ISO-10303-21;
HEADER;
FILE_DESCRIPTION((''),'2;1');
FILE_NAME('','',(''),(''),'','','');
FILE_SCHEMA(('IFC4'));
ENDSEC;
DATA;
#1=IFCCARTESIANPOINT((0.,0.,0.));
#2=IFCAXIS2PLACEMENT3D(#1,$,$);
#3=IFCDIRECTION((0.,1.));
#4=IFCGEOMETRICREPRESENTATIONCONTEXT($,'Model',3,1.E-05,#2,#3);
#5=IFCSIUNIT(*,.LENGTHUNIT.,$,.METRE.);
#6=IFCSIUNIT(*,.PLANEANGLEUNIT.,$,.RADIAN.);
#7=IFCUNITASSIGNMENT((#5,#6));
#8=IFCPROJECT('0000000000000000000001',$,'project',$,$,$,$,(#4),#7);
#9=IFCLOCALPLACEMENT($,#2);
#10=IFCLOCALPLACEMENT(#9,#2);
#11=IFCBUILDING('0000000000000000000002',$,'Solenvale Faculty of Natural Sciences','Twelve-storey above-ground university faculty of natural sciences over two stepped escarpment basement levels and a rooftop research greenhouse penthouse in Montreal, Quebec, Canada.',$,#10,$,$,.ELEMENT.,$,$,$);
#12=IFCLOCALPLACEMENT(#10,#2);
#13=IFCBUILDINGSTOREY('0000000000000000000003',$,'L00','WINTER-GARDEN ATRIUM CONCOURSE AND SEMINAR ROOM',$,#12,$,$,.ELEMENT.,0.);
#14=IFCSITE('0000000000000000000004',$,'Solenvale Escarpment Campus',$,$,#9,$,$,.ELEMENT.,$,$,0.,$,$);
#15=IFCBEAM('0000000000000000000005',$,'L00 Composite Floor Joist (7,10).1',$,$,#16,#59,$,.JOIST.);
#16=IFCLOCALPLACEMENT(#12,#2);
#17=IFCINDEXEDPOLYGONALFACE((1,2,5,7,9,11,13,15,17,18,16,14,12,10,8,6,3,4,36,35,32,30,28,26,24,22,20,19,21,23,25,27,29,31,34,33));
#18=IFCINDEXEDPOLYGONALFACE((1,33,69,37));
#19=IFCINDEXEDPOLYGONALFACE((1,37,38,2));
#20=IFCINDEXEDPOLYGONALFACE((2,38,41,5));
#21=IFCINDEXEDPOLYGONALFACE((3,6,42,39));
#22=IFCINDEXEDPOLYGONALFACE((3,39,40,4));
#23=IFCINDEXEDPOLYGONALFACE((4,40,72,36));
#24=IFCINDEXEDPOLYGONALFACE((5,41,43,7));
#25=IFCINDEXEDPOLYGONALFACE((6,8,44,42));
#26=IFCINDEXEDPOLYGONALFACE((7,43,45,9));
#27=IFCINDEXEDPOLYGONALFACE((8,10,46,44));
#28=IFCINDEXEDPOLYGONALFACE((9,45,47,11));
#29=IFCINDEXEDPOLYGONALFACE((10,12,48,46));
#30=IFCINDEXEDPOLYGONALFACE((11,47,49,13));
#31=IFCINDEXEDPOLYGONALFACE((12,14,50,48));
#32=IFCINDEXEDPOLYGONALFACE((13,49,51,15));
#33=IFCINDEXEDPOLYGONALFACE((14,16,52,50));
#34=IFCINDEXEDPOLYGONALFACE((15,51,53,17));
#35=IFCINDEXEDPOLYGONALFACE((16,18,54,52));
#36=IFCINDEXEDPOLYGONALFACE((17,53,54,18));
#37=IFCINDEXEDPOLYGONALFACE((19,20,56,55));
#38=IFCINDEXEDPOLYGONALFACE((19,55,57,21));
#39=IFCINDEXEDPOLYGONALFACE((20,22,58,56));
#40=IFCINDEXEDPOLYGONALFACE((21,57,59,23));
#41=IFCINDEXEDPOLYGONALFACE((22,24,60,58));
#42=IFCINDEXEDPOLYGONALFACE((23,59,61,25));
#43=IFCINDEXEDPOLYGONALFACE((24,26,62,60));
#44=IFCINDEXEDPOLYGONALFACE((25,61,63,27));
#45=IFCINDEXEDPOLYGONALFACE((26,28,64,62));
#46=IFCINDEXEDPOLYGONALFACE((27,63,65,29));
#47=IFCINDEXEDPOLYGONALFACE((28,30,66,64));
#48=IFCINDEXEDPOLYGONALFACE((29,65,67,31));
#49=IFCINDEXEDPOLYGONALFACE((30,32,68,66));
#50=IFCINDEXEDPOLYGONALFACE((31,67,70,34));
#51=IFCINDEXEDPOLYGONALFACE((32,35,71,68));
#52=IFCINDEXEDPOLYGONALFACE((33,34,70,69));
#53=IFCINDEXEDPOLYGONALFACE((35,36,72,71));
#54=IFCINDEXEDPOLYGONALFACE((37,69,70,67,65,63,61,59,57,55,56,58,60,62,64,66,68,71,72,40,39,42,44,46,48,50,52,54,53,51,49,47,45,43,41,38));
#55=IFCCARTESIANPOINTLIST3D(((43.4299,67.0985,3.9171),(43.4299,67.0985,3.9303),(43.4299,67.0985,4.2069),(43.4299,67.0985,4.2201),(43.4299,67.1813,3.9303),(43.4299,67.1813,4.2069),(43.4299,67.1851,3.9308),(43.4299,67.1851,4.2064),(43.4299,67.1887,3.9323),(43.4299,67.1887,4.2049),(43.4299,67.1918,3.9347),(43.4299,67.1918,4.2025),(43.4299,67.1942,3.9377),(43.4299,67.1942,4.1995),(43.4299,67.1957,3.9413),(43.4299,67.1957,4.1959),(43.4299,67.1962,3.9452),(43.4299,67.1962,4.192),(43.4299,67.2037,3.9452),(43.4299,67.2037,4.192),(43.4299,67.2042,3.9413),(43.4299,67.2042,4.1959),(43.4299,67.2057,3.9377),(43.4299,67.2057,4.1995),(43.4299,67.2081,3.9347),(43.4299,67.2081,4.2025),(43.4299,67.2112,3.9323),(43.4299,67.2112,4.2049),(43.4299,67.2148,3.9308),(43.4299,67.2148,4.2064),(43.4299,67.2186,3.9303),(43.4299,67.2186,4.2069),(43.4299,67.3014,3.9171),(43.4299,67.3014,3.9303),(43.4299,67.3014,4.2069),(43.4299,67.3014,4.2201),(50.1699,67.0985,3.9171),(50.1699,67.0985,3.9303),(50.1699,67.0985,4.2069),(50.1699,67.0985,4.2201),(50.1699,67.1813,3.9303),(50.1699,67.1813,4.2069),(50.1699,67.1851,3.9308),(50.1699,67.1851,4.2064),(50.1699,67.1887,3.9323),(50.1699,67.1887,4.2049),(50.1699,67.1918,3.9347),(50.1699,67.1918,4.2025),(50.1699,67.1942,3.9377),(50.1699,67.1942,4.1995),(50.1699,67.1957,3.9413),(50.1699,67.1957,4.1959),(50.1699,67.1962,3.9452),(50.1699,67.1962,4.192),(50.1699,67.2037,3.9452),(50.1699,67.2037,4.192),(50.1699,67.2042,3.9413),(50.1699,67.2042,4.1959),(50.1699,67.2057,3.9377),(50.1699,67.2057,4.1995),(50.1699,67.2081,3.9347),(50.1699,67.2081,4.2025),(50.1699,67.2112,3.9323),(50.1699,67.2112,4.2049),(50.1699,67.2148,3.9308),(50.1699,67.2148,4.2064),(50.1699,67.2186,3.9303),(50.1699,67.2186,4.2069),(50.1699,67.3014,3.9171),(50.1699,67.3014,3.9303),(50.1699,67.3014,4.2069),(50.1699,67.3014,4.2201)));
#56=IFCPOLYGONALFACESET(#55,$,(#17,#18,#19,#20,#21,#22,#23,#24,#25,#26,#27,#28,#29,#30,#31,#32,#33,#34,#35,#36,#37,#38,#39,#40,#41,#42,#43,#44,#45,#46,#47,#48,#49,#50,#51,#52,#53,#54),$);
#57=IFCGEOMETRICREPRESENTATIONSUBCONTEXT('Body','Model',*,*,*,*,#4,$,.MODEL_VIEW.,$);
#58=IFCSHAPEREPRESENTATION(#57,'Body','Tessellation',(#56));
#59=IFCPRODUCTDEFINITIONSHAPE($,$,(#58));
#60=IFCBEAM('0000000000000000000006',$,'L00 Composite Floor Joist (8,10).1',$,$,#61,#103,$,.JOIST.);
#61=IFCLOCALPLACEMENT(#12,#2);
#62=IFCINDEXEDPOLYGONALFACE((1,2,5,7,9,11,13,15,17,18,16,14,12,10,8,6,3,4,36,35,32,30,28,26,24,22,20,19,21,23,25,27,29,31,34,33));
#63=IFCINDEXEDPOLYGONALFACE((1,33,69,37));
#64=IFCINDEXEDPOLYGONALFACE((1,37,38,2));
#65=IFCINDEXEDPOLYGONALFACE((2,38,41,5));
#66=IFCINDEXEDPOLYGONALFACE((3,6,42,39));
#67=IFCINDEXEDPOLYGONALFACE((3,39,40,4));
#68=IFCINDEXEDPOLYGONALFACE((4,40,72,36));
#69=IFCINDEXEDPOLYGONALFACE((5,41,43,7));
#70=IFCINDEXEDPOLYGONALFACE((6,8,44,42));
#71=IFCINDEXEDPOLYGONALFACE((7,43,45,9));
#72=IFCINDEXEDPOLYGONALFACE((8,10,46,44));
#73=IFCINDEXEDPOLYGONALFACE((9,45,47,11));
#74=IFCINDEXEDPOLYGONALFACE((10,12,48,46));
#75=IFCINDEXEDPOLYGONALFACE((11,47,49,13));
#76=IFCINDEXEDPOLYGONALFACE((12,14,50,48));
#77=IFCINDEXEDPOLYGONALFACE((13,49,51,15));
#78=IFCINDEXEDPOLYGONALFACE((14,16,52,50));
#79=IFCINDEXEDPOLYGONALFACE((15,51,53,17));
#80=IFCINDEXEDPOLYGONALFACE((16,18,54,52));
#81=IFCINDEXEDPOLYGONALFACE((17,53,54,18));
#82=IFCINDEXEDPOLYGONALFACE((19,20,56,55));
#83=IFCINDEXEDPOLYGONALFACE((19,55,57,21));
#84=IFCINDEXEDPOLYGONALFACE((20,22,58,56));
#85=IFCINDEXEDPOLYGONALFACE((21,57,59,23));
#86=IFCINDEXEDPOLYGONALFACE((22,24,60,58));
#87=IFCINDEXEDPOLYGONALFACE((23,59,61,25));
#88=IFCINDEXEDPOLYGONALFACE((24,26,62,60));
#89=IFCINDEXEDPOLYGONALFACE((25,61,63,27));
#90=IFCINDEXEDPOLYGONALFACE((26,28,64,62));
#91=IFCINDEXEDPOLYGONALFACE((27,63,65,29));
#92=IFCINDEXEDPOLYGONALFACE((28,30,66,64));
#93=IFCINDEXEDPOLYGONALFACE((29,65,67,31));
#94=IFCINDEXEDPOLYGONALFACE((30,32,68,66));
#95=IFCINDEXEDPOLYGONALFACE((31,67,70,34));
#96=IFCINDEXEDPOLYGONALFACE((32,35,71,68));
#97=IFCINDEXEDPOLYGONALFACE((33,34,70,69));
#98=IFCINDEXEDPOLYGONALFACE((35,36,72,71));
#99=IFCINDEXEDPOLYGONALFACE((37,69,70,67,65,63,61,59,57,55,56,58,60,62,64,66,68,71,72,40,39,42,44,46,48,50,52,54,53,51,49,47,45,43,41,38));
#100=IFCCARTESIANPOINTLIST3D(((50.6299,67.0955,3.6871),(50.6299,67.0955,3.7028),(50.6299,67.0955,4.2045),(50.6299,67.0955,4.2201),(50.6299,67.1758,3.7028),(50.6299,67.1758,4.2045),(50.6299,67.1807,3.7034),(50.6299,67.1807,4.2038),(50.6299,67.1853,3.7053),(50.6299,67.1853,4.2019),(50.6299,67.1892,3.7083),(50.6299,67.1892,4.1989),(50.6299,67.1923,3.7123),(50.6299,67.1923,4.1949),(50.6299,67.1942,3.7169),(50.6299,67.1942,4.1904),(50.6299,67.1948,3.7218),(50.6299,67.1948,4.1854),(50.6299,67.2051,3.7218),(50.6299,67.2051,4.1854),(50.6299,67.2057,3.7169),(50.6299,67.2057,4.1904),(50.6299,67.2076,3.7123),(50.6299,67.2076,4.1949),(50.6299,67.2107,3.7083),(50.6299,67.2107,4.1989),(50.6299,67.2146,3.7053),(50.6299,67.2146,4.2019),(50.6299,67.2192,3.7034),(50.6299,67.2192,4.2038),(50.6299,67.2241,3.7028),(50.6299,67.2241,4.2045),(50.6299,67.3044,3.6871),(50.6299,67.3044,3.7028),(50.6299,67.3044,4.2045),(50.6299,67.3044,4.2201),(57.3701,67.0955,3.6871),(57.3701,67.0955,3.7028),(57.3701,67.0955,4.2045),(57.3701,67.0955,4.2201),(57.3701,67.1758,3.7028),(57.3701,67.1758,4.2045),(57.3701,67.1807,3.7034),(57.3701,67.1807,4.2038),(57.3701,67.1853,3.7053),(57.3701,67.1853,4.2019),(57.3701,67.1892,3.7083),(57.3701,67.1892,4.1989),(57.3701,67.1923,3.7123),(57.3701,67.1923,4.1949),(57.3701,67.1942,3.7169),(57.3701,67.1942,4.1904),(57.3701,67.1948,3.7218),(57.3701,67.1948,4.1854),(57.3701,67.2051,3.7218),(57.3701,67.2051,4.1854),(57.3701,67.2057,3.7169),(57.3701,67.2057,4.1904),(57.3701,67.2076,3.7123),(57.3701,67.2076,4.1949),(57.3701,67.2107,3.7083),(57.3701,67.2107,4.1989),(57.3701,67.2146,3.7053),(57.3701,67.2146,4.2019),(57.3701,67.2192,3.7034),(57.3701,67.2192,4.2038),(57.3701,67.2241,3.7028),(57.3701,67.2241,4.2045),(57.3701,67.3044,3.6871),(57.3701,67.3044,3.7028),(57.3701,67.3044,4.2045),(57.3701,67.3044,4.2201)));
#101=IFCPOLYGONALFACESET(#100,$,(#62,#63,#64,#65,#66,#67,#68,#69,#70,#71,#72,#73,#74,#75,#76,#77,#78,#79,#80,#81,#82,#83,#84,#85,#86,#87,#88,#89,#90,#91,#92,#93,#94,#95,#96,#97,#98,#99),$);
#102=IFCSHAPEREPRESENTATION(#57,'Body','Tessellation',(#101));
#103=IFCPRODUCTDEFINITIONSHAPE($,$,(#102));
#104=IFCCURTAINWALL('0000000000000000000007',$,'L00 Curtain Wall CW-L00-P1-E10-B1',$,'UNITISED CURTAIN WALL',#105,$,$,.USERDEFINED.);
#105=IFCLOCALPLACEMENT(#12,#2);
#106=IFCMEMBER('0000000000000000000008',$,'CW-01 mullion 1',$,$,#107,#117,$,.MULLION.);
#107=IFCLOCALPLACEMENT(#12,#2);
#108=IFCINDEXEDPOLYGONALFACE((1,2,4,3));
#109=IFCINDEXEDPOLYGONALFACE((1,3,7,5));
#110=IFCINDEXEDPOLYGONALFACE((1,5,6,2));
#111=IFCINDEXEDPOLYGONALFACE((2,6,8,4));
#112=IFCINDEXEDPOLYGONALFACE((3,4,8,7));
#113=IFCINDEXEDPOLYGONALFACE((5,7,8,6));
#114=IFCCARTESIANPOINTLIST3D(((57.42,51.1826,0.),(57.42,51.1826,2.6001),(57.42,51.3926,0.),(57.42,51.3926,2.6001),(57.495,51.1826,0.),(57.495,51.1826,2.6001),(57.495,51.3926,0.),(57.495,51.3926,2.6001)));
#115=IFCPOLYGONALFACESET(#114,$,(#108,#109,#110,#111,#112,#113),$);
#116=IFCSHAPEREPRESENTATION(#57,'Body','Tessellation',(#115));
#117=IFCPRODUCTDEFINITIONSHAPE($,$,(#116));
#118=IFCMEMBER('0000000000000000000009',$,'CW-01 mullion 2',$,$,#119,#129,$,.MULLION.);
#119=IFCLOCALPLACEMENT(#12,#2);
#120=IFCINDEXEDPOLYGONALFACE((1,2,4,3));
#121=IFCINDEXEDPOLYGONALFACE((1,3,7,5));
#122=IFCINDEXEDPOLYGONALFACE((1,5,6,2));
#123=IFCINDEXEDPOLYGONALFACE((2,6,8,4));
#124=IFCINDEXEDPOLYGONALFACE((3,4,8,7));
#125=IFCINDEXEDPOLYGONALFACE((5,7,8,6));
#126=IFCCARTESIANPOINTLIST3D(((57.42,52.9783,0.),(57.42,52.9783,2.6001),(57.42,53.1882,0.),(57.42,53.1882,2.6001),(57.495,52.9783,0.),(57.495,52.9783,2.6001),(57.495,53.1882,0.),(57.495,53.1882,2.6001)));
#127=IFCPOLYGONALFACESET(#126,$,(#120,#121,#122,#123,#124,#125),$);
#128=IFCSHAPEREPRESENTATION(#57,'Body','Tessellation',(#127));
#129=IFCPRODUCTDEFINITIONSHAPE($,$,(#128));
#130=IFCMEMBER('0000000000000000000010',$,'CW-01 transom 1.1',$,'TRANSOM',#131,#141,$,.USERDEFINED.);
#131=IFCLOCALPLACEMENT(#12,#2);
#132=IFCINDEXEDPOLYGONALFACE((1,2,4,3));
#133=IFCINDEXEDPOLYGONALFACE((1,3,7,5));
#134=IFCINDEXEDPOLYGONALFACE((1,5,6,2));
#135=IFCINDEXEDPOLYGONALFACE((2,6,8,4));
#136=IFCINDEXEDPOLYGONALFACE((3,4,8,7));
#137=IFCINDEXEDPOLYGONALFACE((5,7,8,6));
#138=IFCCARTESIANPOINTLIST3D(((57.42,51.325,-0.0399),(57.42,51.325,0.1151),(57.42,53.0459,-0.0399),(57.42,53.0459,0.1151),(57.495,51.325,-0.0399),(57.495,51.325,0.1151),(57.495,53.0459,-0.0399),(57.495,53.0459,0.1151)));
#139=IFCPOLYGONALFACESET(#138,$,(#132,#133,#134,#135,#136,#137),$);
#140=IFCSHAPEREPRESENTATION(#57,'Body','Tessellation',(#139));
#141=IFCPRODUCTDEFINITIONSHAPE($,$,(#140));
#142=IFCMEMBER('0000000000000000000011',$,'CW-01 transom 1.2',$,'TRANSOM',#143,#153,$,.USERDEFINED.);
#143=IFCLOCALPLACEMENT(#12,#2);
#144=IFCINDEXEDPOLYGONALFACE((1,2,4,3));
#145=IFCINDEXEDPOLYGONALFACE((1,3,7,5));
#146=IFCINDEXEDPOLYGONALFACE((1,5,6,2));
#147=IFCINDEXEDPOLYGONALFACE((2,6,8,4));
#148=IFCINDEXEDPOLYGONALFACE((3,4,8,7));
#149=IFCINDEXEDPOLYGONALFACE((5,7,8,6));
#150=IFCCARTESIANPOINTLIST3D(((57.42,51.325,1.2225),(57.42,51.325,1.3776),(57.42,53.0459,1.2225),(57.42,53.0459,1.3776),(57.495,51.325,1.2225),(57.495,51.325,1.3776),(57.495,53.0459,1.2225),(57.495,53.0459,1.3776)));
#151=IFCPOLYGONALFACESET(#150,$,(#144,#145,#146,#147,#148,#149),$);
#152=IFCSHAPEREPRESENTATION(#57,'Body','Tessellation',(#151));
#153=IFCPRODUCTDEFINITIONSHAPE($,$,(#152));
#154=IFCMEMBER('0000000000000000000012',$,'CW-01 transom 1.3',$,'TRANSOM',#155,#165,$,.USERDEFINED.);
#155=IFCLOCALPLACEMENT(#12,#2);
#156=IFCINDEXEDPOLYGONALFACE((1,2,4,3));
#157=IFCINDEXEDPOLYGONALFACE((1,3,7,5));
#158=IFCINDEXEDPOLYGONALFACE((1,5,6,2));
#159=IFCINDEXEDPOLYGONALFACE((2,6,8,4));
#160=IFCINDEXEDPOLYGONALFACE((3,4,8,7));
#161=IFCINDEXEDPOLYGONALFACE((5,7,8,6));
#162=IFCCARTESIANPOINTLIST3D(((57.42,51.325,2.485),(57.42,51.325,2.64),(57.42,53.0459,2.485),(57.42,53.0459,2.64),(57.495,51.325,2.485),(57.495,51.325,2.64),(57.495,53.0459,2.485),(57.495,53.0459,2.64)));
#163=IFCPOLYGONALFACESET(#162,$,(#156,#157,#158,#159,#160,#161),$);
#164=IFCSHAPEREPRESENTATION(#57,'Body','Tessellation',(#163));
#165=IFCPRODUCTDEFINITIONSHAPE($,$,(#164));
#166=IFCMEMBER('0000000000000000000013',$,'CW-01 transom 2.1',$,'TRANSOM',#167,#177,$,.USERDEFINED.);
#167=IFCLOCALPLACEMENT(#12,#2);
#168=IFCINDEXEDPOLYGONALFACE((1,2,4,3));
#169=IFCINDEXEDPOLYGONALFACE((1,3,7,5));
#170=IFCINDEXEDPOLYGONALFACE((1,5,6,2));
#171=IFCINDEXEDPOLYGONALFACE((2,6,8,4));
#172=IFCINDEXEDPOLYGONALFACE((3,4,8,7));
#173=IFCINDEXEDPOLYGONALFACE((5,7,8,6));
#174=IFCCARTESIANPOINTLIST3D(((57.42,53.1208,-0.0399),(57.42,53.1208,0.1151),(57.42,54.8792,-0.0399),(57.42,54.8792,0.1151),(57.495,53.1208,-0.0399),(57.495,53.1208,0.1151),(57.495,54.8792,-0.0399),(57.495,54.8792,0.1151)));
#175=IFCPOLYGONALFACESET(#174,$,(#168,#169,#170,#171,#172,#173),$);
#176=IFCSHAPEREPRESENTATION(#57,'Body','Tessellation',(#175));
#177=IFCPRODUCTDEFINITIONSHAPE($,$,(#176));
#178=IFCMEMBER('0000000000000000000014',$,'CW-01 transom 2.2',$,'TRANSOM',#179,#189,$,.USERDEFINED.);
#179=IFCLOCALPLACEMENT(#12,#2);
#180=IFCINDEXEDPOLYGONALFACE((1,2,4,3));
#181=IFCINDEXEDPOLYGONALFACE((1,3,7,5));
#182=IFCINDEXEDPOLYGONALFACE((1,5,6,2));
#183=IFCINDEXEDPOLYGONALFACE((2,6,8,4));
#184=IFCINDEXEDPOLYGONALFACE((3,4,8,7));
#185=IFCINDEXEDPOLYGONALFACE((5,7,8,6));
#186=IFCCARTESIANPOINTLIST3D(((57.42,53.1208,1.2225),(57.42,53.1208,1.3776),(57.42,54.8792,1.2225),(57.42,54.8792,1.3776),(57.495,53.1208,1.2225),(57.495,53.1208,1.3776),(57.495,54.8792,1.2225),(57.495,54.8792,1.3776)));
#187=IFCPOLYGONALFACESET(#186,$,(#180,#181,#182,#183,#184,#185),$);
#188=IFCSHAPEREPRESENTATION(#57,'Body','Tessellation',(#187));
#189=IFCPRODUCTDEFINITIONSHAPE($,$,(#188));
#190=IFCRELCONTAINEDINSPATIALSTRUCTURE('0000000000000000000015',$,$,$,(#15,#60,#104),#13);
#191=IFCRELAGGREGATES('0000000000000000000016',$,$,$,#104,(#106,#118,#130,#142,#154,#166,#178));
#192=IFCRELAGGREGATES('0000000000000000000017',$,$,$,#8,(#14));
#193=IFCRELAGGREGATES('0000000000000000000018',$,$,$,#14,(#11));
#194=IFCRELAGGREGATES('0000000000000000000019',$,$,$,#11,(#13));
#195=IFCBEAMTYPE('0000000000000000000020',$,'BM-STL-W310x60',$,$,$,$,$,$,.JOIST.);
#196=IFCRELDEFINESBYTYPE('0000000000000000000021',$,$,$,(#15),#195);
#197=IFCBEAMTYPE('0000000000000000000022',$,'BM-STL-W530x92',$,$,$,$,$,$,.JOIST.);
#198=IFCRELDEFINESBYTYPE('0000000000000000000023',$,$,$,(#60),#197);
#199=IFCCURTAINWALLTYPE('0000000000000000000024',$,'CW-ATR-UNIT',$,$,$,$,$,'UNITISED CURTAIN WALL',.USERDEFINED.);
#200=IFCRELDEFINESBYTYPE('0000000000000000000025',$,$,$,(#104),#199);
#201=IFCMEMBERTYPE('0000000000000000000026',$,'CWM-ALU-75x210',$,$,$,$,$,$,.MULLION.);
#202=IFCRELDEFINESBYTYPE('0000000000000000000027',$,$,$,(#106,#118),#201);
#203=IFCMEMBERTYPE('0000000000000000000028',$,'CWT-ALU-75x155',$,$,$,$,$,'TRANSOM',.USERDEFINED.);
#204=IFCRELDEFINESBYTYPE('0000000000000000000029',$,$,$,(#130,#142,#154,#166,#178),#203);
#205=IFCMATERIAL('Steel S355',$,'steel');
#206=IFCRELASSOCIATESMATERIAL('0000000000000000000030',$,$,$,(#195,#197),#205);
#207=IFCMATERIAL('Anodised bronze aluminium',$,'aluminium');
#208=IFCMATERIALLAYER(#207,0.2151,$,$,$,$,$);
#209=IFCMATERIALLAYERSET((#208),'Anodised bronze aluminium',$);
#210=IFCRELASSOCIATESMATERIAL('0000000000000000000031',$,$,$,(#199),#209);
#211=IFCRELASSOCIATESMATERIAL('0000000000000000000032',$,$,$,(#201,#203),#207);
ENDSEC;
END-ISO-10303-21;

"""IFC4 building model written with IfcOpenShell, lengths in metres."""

from ifc_helpers import new_model, si_unit, direction, frame, origin, origin_2d, place, context, subcontext, project, spatial, rectangle, i_section, extrude, material, layer, layer_set, material_profile, profile_set, type_object, element, aggregate, save


model = new_model("IFC4")

# Units and contexts
model_context = context("Model", 3, precision=1e-05, world=origin(), true_north=direction((0.0, 1.0)))
body_context = subcontext(model_context, "Body", "Model", "MODEL_VIEW")
ifc_project = project(units=[si_unit("LENGTHUNIT", "METRE"), si_unit("PLANEANGLEUNIT", "RADIAN")], contexts=[model_context])

# Site, building, storey
site_placement = place(None, origin())
site = spatial("IfcSite", under=ifc_project, at=site_placement, Name="Solenvale Escarpment Campus", CompositionType="ELEMENT", RefElevation=0.0)
building_placement = place(site_placement, origin())
building = spatial("IfcBuilding", under=site, at=building_placement, Name="Solenvale Faculty of Natural Sciences", Description="Twelve-storey above-ground university faculty of natural sciences over two stepped escarpment basement levels and a rooftop research greenhouse penthouse in Montreal, Quebec, Canada.", CompositionType="ELEMENT")
storey_placement = place(building_placement, origin())
storey = spatial("IfcBuildingStorey", under=building, at=storey_placement, Name="L00", Description="WINTER-GARDEN ATRIUM CONCOURSE AND SEMINAR ROOM", CompositionType="ELEMENT", Elevation=0.0)

# Beams
ifc_material_1 = material(Name="Steel S355", Category="steel")
ifc_material_profile_1 = material_profile(ifc_material_1, i_section(OverallWidth=0.2029, OverallDepth=0.303, WebThickness=0.0076, FlangeThickness=0.0132, FilletRadius=0.0149, at=origin_2d()), Name="W310x60")
ifc_profile_set_1 = profile_set([ifc_material_profile_1], Name="Steel S355")
beam_type_1 = type_object("IfcBeamType", Name="BM-STL-W310x60", PredefinedType="JOIST", material=ifc_profile_set_1)
beam_1_placement = place(storey_placement, frame((43.4299, 67.2, 4.0686), z_axis=(1.0, 0.0, 0.0), x_axis=(0.0, 1.0, 0.0)))
element("IfcBeam", 1, at=beam_1_placement, inside=storey, type_object=beam_type_1, Name="L00 Composite Floor Joist (7,10).1", PredefinedType="JOIST", context=body_context, shape_type="SweptSolid", body=[
    extrude(i_section(OverallWidth=0.2029, OverallDepth=0.303, WebThickness=0.0076, FlangeThickness=0.0132, FilletRadius=0.0149, at=origin_2d()), origin(), (0.0, 0.0, 1.0), 6.74),
])
ifc_material_profile_2 = material_profile(ifc_material_1, i_section(OverallWidth=0.209, OverallDepth=0.533, WebThickness=0.0103, FlangeThickness=0.0156, FilletRadius=0.019, at=origin_2d()), Name="W530x92")
ifc_profile_set_2 = profile_set([ifc_material_profile_2], Name="Steel S355")
beam_type_2 = type_object("IfcBeamType", Name="BM-STL-W530x92", PredefinedType="JOIST", material=ifc_profile_set_2)
beam_2_placement = place(storey_placement, frame((50.6299, 67.2, 3.9536), z_axis=(1.0, 0.0, 0.0), x_axis=(0.0, 1.0, 0.0)))
element("IfcBeam", 2, at=beam_2_placement, inside=storey, type_object=beam_type_2, Name="L00 Composite Floor Joist (8,10).1", PredefinedType="JOIST", context=body_context, shape_type="SweptSolid", body=[
    extrude(i_section(OverallWidth=0.209, OverallDepth=0.533, WebThickness=0.0103, FlangeThickness=0.0156, FilletRadius=0.019, at=origin_2d()), origin(), (0.0, 0.0, 1.0), 6.7402),
])

# Curtain wall, members
ifc_material_2 = material(Name="Anodised bronze aluminium", Category="aluminium")
ifc_layer_1 = layer(ifc_material_2, 0.2151)
ifc_layer_set_1 = layer_set([ifc_layer_1], Name="Anodised bronze aluminium")
curtain_wall_type = type_object("IfcCurtainWallType", Name="CW-ATR-UNIT", ElementType="UNITISED CURTAIN WALL", PredefinedType="USERDEFINED", material=ifc_layer_set_1)
curtain_wall_placement = place(storey_placement, origin())
curtain_wall = element("IfcCurtainWall", 3, at=curtain_wall_placement, inside=storey, type_object=curtain_wall_type, Name="L00 Curtain Wall CW-L00-P1-E10-B1", ObjectType="UNITISED CURTAIN WALL", PredefinedType="USERDEFINED")
ifc_material_profile_3 = material_profile(ifc_material_2, rectangle(XDim=0.075, YDim=0.21, at=origin_2d()), Name="ALU-MUL-75x210")
ifc_profile_set_3 = profile_set([ifc_material_profile_3], Name="Anodised bronze aluminium")
member_type_1 = type_object("IfcMemberType", Name="CWM-ALU-75x210", PredefinedType="MULLION", material=ifc_profile_set_3)
member_1_placement = place(storey_placement, frame((57.4575, 51.2876, 0.0), z_axis=(0.0, 0.0, 1.0), x_axis=(-1.0, 0.0, 0.0)))
member_1 = element("IfcMember", 4, at=member_1_placement, type_object=member_type_1, Name="CW-01 mullion 1", PredefinedType="MULLION", context=body_context, shape_type="SweptSolid", body=[
    extrude(rectangle(XDim=0.075, YDim=0.21, at=origin_2d()), origin(), (0.0, 0.0, 1.0), 2.6001),
])
member_2_placement = place(storey_placement, frame((57.4575, 53.0833, 0.0), z_axis=(0.0, 0.0, 1.0), x_axis=(-1.0, 0.0, 0.0)))
member_2 = element("IfcMember", 5, at=member_2_placement, type_object=member_type_1, Name="CW-01 mullion 2", PredefinedType="MULLION", context=body_context, shape_type="SweptSolid", body=[
    extrude(rectangle(XDim=0.075, YDim=0.21, at=origin_2d()), origin(), (0.0, 0.0, 1.0), 2.6001),
])
ifc_material_profile_4 = material_profile(ifc_material_2, rectangle(XDim=0.075, YDim=0.155, at=origin_2d()), Name="ALU-TRN-75x155")
ifc_profile_set_4 = profile_set([ifc_material_profile_4], Name="Anodised bronze aluminium")
member_type_2 = type_object("IfcMemberType", Name="CWT-ALU-75x155", ElementType="TRANSOM", PredefinedType="USERDEFINED", material=ifc_profile_set_4)
member_3_placement = place(storey_placement, frame((57.4575, 51.325, 0.0376), z_axis=(0.0, 1.0, 0.0), x_axis=(-1.0, 0.0, 0.0)))
member_3 = element("IfcMember", 6, at=member_3_placement, type_object=member_type_2, Name="CW-01 transom 1.1", ObjectType="TRANSOM", PredefinedType="USERDEFINED", context=body_context, shape_type="SweptSolid", body=[
    extrude(rectangle(XDim=0.075, YDim=0.155, at=origin_2d()), origin(), (0.0, 0.0, 1.0), 1.7209),
])
member_4_placement = place(storey_placement, frame((57.4575, 51.325, 1.3), z_axis=(0.0, 1.0, 0.0), x_axis=(-1.0, 0.0, 0.0)))
member_4 = element("IfcMember", 7, at=member_4_placement, type_object=member_type_2, Name="CW-01 transom 1.2", ObjectType="TRANSOM", PredefinedType="USERDEFINED", context=body_context, shape_type="SweptSolid", body=[
    extrude(rectangle(XDim=0.075, YDim=0.155, at=origin_2d()), origin(), (0.0, 0.0, 1.0), 1.7209),
])
member_5_placement = place(storey_placement, frame((57.4575, 51.325, 2.5625), z_axis=(0.0, 1.0, 0.0), x_axis=(-1.0, 0.0, 0.0)))
member_5 = element("IfcMember", 8, at=member_5_placement, type_object=member_type_2, Name="CW-01 transom 1.3", ObjectType="TRANSOM", PredefinedType="USERDEFINED", context=body_context, shape_type="SweptSolid", body=[
    extrude(rectangle(XDim=0.075, YDim=0.155, at=origin_2d()), origin(), (0.0, 0.0, 1.0), 1.7209),
])
member_6_placement = place(storey_placement, frame((57.4575, 53.1208, 0.0376), z_axis=(0.0, 1.0, 0.0), x_axis=(-1.0, 0.0, 0.0)))
member_6 = element("IfcMember", 9, at=member_6_placement, type_object=member_type_2, Name="CW-01 transom 2.1", ObjectType="TRANSOM", PredefinedType="USERDEFINED", context=body_context, shape_type="SweptSolid", body=[
    extrude(rectangle(XDim=0.075, YDim=0.155, at=origin_2d()), origin(), (0.0, 0.0, 1.0), 1.7583),
])
member_7_placement = place(storey_placement, frame((57.4575, 53.1208, 1.3), z_axis=(0.0, 1.0, 0.0), x_axis=(-1.0, 0.0, 0.0)))
member_7 = element("IfcMember", 10, at=member_7_placement, type_object=member_type_2, Name="CW-01 transom 2.2", ObjectType="TRANSOM", PredefinedType="USERDEFINED", context=body_context, shape_type="SweptSolid", body=[
    extrude(rectangle(XDim=0.075, YDim=0.155, at=origin_2d()), origin(), (0.0, 0.0, 1.0), 1.7583),
])
aggregate(curtain_wall, [member_1, member_2, member_3, member_4, member_5, member_6, member_7])

save(model, "model.ifc")
